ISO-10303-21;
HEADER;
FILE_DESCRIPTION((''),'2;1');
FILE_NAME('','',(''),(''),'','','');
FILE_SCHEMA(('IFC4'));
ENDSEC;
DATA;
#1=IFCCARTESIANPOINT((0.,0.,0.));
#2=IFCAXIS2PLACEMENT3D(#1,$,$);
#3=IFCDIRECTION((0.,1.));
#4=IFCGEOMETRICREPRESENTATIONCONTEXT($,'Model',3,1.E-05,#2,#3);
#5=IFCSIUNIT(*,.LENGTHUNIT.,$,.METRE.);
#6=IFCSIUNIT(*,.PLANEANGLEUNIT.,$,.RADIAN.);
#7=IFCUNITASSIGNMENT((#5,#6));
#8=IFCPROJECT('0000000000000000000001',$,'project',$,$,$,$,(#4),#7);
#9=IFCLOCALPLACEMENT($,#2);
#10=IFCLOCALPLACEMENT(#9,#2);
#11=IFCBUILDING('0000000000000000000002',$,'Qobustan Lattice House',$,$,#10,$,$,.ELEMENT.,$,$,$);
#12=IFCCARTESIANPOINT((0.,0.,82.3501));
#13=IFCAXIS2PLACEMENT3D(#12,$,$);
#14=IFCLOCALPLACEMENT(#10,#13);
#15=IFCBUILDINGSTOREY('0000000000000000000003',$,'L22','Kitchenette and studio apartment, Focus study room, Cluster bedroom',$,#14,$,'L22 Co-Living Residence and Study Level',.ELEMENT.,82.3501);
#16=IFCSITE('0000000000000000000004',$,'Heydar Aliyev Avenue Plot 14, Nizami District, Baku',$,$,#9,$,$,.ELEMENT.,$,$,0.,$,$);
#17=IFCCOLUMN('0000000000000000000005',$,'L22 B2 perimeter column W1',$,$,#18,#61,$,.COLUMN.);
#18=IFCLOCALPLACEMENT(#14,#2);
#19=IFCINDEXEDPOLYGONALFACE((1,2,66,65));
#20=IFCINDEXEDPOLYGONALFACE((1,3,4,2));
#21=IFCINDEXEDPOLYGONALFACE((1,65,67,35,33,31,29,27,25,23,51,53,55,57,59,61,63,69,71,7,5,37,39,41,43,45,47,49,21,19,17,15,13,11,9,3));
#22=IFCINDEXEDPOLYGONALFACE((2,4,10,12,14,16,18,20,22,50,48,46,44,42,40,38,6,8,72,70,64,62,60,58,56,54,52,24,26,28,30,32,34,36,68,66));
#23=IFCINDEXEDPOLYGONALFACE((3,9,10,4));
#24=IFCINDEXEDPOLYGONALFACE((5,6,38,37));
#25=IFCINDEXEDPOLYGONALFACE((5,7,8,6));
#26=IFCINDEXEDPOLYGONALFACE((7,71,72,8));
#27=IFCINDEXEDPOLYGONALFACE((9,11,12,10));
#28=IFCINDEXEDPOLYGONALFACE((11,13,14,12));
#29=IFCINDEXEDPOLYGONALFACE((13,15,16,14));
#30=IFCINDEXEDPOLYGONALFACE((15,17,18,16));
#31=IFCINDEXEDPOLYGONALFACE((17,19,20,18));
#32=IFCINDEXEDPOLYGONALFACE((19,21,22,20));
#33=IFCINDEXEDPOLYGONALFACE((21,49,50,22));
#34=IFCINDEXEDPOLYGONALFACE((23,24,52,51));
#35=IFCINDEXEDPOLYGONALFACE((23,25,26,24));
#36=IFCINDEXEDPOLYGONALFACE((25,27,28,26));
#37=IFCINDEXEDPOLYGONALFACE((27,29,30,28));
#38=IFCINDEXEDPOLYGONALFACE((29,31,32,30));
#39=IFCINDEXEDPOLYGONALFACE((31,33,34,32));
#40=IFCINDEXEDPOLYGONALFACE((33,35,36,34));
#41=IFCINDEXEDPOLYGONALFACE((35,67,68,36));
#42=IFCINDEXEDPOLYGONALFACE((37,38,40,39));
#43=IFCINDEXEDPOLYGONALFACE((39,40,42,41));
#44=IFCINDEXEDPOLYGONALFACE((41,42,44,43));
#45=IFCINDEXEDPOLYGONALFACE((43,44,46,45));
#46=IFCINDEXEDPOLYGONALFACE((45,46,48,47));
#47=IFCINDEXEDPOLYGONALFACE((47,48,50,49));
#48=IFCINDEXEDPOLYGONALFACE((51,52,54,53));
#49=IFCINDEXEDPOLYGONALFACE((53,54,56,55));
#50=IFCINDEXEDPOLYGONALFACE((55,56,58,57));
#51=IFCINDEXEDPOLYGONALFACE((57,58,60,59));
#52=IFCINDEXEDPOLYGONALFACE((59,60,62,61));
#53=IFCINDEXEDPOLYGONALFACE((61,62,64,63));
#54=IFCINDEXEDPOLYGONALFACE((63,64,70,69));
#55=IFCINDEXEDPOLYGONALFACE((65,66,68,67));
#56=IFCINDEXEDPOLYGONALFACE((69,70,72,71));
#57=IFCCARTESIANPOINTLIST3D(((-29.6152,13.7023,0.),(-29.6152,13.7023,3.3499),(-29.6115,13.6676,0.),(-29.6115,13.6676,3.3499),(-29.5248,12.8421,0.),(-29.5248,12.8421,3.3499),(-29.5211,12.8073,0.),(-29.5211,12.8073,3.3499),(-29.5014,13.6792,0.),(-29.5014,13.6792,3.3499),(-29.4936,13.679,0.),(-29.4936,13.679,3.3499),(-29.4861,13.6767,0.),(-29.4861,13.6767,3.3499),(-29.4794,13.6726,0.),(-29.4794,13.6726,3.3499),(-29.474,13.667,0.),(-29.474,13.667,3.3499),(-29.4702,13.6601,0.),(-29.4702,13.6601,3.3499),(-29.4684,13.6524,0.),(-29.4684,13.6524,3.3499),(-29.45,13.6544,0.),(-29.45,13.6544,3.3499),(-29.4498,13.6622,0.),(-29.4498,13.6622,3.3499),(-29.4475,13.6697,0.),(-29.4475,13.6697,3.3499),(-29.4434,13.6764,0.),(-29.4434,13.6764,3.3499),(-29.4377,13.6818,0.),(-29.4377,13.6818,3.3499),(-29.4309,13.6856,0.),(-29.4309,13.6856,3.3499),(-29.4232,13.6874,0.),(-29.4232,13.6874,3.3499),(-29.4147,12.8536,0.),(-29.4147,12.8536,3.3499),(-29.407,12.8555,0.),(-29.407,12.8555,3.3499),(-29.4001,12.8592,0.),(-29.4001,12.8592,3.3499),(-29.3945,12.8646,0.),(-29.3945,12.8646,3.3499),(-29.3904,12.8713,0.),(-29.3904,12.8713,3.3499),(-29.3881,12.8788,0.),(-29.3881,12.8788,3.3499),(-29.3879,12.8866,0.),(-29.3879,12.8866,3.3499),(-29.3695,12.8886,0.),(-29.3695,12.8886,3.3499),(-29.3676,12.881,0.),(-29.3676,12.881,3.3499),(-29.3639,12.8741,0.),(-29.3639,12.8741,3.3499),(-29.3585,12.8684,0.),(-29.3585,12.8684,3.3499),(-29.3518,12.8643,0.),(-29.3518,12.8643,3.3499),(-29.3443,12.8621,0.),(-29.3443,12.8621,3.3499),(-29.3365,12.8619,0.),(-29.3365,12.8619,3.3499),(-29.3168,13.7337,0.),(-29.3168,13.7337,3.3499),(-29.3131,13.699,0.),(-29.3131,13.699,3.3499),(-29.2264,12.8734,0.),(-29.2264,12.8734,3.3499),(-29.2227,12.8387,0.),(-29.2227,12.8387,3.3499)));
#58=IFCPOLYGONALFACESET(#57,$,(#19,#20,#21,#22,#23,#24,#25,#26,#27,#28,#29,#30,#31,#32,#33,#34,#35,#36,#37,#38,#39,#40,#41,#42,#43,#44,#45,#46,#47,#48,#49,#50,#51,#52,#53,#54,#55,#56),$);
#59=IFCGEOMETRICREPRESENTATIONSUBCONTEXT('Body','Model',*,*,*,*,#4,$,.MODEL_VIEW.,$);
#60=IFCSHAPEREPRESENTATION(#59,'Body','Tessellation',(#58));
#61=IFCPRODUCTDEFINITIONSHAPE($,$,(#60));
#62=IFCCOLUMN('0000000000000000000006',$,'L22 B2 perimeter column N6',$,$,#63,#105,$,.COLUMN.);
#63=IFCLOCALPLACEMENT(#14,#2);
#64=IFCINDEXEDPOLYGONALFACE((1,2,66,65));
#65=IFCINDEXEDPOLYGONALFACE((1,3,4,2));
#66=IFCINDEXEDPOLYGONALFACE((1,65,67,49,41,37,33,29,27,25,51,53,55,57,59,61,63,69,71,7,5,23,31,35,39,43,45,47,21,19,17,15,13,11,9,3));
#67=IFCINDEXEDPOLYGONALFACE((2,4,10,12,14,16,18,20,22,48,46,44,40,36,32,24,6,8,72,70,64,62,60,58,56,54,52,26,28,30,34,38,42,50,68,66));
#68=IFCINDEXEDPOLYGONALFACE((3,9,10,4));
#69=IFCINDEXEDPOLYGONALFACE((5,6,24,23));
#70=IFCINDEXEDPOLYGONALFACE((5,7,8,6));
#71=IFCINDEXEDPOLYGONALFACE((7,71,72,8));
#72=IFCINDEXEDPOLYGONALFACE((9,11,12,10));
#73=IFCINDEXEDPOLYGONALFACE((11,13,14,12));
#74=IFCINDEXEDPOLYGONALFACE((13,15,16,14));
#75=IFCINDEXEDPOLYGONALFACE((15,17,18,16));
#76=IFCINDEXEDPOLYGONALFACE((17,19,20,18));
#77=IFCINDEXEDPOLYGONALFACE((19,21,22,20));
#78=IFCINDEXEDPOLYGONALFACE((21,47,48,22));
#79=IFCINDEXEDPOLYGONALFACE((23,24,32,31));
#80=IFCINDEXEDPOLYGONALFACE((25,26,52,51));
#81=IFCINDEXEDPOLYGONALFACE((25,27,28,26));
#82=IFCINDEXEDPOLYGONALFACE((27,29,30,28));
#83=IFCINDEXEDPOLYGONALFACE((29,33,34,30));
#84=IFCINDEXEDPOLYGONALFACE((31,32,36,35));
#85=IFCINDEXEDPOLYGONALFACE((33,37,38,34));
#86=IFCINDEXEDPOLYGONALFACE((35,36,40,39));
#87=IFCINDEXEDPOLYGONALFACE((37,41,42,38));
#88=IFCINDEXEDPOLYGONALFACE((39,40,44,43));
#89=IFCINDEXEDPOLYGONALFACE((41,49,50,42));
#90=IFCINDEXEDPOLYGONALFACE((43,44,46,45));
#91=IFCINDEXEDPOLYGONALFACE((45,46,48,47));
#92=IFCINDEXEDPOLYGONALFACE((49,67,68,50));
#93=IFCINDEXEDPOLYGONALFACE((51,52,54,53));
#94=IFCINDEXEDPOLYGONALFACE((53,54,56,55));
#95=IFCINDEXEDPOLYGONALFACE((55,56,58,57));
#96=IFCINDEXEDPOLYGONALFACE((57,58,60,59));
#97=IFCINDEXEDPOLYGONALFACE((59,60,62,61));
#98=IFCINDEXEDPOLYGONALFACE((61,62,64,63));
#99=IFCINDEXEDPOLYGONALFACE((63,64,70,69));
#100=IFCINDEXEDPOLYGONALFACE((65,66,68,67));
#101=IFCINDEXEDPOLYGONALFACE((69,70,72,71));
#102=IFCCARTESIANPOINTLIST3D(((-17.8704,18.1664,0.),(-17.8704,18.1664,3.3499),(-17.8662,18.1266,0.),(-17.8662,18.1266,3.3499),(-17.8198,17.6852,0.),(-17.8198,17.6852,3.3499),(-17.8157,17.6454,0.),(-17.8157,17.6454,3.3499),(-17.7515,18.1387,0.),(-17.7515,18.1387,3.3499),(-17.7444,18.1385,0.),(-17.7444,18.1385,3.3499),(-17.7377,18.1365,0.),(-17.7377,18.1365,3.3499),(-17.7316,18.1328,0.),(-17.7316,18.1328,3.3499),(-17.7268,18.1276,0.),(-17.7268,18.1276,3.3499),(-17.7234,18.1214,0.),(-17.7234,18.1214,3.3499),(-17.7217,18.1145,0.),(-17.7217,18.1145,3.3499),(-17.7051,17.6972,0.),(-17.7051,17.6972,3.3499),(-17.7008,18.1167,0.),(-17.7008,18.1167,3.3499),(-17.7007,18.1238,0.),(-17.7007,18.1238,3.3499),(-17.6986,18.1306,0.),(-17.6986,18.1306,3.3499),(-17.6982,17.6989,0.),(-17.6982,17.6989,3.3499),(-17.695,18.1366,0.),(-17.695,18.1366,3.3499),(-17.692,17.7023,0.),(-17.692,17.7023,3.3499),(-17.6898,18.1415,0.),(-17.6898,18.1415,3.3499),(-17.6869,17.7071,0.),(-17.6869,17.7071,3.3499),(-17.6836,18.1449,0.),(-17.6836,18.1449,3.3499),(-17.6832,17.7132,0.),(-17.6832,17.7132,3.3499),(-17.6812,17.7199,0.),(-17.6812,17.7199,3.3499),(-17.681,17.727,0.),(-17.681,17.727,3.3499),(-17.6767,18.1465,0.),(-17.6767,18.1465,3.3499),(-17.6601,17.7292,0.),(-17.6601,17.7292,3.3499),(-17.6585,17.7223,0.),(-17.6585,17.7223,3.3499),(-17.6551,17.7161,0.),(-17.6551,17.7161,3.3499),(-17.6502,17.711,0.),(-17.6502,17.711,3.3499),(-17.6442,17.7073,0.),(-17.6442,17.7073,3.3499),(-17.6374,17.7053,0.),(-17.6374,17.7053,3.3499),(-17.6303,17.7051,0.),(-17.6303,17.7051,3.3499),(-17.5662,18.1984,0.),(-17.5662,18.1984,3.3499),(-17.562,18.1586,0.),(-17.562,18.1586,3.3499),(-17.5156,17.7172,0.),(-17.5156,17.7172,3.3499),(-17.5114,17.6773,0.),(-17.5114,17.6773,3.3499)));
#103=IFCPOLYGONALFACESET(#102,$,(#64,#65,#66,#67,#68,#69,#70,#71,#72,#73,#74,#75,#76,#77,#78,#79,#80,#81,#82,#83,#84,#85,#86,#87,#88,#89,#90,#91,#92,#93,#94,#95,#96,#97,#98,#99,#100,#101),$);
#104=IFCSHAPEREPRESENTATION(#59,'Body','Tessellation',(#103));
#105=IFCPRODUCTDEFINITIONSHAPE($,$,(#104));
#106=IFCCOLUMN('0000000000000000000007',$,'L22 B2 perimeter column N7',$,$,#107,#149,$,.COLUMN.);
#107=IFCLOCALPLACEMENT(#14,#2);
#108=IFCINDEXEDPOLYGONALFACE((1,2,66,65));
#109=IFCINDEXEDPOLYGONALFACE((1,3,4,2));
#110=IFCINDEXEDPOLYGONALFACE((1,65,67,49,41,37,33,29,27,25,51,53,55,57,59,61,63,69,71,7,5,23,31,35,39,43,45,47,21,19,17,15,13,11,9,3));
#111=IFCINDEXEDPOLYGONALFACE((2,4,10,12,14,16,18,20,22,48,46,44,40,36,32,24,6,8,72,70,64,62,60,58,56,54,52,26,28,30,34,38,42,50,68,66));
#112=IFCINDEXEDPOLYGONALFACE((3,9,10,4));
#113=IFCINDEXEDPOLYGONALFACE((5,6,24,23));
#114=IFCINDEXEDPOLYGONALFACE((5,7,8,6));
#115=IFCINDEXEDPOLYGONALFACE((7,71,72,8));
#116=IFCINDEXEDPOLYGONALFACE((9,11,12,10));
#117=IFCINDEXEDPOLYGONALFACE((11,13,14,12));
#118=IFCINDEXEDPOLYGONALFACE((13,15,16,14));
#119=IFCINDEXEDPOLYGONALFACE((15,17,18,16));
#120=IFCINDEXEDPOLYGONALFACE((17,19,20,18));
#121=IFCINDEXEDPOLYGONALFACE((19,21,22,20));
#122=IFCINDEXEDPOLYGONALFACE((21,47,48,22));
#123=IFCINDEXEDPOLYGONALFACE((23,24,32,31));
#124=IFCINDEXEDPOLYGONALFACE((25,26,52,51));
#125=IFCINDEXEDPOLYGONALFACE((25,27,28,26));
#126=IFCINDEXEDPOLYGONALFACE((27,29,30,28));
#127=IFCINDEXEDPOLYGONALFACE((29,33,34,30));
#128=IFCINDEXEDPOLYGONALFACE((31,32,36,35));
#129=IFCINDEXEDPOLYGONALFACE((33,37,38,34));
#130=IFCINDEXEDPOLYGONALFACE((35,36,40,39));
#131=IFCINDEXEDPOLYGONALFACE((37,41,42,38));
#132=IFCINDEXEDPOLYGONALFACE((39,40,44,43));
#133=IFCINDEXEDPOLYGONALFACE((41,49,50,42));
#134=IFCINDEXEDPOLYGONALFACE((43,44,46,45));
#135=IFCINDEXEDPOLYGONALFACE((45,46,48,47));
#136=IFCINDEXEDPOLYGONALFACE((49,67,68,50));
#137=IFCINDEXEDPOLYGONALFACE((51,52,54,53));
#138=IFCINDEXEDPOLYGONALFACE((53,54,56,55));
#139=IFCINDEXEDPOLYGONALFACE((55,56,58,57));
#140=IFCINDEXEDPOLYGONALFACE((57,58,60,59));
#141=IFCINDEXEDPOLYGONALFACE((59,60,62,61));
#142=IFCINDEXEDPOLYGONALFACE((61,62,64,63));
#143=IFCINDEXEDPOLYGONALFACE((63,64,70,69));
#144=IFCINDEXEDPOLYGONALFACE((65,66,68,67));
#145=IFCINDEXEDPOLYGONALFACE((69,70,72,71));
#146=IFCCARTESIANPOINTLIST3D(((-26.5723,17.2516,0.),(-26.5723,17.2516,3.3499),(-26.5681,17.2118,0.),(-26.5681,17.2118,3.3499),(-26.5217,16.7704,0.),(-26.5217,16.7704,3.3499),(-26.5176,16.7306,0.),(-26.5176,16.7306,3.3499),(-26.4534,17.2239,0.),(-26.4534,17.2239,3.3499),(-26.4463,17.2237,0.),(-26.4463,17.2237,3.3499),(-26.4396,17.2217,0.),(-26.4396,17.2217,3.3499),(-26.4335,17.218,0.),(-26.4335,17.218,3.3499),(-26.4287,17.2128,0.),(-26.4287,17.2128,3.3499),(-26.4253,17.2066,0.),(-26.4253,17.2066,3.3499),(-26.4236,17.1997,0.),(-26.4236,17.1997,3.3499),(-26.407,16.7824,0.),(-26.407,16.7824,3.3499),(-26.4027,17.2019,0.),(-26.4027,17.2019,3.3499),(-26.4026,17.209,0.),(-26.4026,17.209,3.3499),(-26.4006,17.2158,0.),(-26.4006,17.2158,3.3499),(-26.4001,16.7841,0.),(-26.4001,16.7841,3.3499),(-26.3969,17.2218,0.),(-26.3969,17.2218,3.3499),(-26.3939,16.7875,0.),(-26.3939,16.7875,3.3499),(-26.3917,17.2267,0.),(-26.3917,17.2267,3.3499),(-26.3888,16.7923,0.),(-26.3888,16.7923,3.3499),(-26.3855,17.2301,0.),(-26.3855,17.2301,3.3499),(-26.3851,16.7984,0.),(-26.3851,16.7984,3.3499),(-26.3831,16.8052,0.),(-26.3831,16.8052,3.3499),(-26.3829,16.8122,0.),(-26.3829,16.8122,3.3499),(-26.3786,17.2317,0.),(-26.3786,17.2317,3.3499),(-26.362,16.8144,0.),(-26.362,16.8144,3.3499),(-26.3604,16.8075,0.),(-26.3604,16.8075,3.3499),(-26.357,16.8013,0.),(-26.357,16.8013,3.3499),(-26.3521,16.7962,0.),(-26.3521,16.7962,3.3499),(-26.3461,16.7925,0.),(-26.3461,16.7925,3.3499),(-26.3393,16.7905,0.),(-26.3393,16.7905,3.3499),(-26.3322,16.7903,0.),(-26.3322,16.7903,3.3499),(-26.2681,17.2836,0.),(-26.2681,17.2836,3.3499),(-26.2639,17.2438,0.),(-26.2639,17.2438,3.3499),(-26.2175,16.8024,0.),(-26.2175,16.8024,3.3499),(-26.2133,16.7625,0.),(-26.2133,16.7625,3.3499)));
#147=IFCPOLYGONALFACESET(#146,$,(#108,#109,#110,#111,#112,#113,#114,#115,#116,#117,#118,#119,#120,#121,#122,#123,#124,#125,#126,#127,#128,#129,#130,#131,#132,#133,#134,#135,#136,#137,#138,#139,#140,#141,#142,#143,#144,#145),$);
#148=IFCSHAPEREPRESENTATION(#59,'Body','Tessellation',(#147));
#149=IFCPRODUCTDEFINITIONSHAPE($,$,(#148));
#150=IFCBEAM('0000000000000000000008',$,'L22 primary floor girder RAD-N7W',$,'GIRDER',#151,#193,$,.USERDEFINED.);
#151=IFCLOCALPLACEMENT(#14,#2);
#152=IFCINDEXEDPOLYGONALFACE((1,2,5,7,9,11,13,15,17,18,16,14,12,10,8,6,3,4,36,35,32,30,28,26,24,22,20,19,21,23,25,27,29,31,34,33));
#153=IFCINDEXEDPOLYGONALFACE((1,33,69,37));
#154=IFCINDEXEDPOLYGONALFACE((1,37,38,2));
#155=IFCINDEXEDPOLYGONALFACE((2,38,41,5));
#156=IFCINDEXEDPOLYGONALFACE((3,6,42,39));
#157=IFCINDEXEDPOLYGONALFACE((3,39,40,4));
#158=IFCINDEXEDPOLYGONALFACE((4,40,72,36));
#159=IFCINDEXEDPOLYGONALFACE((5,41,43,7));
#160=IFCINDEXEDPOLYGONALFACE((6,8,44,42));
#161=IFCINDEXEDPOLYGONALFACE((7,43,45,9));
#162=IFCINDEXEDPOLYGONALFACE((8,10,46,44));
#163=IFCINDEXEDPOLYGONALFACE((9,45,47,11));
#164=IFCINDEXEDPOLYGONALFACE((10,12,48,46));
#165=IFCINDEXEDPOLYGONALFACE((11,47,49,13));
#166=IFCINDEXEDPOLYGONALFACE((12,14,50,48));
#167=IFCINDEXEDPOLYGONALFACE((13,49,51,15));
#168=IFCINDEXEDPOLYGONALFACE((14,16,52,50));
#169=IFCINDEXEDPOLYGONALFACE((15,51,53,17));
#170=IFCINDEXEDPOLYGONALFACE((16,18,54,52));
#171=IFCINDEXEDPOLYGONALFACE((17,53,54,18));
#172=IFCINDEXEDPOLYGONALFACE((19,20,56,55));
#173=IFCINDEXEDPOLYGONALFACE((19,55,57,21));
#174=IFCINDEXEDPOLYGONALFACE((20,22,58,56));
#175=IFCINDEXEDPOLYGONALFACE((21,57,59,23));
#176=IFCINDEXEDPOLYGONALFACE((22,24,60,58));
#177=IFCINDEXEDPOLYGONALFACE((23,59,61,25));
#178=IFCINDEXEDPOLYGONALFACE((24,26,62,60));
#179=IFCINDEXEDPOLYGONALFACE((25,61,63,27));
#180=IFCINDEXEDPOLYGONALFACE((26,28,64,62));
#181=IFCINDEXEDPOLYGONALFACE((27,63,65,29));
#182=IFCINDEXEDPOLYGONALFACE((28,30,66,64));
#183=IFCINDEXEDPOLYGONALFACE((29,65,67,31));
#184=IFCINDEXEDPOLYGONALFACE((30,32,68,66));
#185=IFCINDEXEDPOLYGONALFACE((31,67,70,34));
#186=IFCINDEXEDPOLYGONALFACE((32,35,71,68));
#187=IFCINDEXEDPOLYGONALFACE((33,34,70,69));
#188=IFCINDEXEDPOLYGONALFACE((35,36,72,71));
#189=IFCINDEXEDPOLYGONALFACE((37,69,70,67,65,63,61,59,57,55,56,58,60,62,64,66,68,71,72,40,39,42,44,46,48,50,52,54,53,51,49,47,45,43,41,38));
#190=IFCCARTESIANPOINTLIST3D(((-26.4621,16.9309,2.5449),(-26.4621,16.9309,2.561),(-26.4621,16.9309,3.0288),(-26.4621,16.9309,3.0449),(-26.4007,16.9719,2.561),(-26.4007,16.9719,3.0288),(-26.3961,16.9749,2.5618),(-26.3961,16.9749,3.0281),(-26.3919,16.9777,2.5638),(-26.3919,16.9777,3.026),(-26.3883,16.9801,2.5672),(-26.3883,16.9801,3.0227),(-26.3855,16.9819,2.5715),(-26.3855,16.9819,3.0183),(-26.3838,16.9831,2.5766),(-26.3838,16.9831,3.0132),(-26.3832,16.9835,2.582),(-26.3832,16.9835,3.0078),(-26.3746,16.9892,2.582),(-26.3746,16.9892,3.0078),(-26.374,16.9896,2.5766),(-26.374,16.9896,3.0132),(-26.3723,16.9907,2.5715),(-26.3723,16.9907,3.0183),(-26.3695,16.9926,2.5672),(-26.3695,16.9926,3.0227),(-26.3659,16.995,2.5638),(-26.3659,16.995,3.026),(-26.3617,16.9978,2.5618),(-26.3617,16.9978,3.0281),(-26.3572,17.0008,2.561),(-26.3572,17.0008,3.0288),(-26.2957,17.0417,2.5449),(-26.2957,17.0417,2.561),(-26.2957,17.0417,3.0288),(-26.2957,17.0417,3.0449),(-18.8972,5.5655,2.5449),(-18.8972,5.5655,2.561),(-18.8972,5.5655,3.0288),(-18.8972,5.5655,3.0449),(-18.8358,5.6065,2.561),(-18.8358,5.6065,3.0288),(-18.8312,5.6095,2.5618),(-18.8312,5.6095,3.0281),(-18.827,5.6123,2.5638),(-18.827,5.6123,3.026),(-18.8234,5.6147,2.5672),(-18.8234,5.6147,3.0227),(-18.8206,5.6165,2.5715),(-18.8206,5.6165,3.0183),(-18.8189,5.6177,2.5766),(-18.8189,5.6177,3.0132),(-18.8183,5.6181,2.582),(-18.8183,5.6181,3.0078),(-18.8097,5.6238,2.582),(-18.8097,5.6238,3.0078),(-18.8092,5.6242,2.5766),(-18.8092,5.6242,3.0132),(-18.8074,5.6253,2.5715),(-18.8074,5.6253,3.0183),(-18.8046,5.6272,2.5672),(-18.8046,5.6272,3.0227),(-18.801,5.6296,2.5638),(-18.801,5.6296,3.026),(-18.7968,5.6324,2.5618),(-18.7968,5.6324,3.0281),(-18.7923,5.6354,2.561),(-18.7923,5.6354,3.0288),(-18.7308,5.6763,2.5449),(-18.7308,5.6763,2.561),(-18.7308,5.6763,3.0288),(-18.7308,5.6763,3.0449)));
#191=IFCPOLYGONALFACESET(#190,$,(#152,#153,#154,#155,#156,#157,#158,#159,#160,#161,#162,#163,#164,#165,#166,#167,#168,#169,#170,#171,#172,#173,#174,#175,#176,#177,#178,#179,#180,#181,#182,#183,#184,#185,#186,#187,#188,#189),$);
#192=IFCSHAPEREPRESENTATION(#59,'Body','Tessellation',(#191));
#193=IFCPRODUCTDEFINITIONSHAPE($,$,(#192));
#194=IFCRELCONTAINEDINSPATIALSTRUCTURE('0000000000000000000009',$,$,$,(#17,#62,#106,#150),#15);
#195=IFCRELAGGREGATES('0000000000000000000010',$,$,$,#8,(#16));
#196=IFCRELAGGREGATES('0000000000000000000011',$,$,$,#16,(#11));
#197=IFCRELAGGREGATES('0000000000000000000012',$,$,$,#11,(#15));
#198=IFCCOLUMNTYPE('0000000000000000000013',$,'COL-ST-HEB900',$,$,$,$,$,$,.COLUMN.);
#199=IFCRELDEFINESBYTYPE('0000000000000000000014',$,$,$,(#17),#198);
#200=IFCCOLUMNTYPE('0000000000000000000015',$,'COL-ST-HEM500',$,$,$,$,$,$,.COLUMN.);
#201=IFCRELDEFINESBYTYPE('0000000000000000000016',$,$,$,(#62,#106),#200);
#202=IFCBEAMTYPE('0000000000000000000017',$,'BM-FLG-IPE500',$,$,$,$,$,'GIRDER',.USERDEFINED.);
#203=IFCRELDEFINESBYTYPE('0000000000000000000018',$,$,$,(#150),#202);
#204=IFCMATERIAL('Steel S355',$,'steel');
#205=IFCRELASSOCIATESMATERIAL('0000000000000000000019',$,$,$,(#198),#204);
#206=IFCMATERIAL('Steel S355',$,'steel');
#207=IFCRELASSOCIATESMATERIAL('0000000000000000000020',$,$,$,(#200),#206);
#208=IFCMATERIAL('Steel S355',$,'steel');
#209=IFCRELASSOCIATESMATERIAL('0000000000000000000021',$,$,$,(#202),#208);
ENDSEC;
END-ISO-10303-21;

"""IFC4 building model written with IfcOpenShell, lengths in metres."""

from ifc_helpers import new_model, si_unit, direction, frame, origin, origin_2d, place, context, subcontext, project, spatial, i_section, extrude, material, material_profile, profile_set, type_object, element, save


model = new_model("IFC4")

# Units and contexts
model_context = context("Model", 3, precision=1e-05, world=origin(), true_north=direction((0.0, 1.0)))
body_context = subcontext(model_context, "Body", "Model", "MODEL_VIEW")
ifc_project = project(units=[si_unit("LENGTHUNIT", "METRE"), si_unit("PLANEANGLEUNIT", "RADIAN")], contexts=[model_context])

# Site, building, storey
site_placement = place(None, origin())
site = spatial("IfcSite", under=ifc_project, at=site_placement, Name="Heydar Aliyev Avenue Plot 14, Nizami District, Baku", CompositionType="ELEMENT", RefElevation=0.0)
building_placement = place(site_placement, origin())
building = spatial("IfcBuilding", under=site, at=building_placement, Name="Qobustan Lattice House", CompositionType="ELEMENT")
storey_placement = place(building_placement, frame((0.0, 0.0, 82.3501)))
storey = spatial("IfcBuildingStorey", under=building, at=storey_placement, Name="L22", Description="Kitchenette and studio apartment, Focus study room, Cluster bedroom", LongName="L22 Co-Living Residence and Study Level", CompositionType="ELEMENT", Elevation=82.3501)

# Columns
ifc_material_1 = material(Name="Steel S355", Category="steel")
ifc_material_profile_1 = material_profile(ifc_material_1, i_section(OverallWidth=0.3, OverallDepth=0.8999, WebThickness=0.0186, FlangeThickness=0.0349, FilletRadius=0.03, at=origin_2d()), Name="HEB900")
ifc_profile_set_1 = profile_set([ifc_material_profile_1], Name="Steel S355")
column_type_1 = type_object("IfcColumnType", Name="COL-ST-HEB900", PredefinedType="COLUMN", material=ifc_profile_set_1)
column_placement = place(storey_placement, frame((-29.4189, 13.2705, 0.0), z_axis=(0.0, 0.0, 1.0), x_axis=(0.994522, 0.104528, 0.0)))
element("IfcColumn", 1, at=column_placement, inside=storey, type_object=column_type_1, Name="L22 B2 perimeter column W1", PredefinedType="COLUMN", context=body_context, shape_type="SweptSolid", body=[
    extrude(i_section(OverallWidth=0.3, OverallDepth=0.8999, WebThickness=0.0186, FlangeThickness=0.0349, FilletRadius=0.03, at=origin_2d()), origin(), (0.0, 0.0, 1.0), 3.3499),
])
ifc_material_2 = material(Name="Steel S355", Category="steel")
ifc_material_profile_2 = material_profile(ifc_material_2, i_section(OverallWidth=0.3059, OverallDepth=0.5239, WebThickness=0.021, FlangeThickness=0.04, FilletRadius=0.0271, at=origin_2d()), Name="HEM500")
ifc_profile_set_2 = profile_set([ifc_material_profile_2], Name="Steel S355")
column_type_2 = type_object("IfcColumnType", Name="COL-ST-HEM500", PredefinedType="COLUMN", material=ifc_profile_set_2)
for number, where, z_axis, x_axis, name in (
    (2, (-17.6909, 17.9219, 0.0), (0.0, 0.0, 1.0), (0.994522, 0.104528, 0.0), "L22 B2 perimeter column N6"),
    (3, (-26.3928, 17.0071, 0.0), (0.0, 0.0, 1.0), (0.994522, 0.104528, 0.0), "L22 B2 perimeter column N7"),
):
    element("IfcColumn", number, at=place(storey_placement, frame(where, z_axis=z_axis, x_axis=x_axis)), inside=storey, type_object=column_type_2, Name=name, PredefinedType="COLUMN", context=body_context, shape_type="SweptSolid", body=[
        extrude(i_section(OverallWidth=0.3059, OverallDepth=0.5239, WebThickness=0.021, FlangeThickness=0.04, FilletRadius=0.0271, at=origin_2d()), origin(), (0.0, 0.0, 1.0), 3.3499),
    ])

# Beam
ifc_material_3 = material(Name="Steel S355", Category="steel")
ifc_material_profile_3 = material_profile(ifc_material_3, i_section(OverallWidth=0.2, OverallDepth=0.5, WebThickness=0.0103, FlangeThickness=0.0161, FilletRadius=0.021, at=origin_2d()), Name="IPE500")
ifc_profile_set_3 = profile_set([ifc_material_profile_3], Name="Steel S355")
beam_type_1 = type_object("IfcBeamType", Name="BM-FLG-IPE500", ElementType="GIRDER", PredefinedType="USERDEFINED", material=ifc_profile_set_3)
beam_1_placement = place(storey_placement, frame((-26.3789, 16.9863, 2.7949), z_axis=(0.554089, -0.832457, 0.0), x_axis=(0.832457, 0.554089, 0.0)))
element("IfcBeam", 4, at=beam_1_placement, inside=storey, type_object=beam_type_1, Name="L22 primary floor girder RAD-N7W", ObjectType="GIRDER", PredefinedType="USERDEFINED", context=body_context, shape_type="SweptSolid", body=[
    extrude(i_section(OverallWidth=0.2, OverallDepth=0.5, WebThickness=0.0103, FlangeThickness=0.0161, FilletRadius=0.021, at=origin_2d()), origin(), (0.0, 0.0, 1.0), 13.6528),
])

save(model, "model.ifc")
